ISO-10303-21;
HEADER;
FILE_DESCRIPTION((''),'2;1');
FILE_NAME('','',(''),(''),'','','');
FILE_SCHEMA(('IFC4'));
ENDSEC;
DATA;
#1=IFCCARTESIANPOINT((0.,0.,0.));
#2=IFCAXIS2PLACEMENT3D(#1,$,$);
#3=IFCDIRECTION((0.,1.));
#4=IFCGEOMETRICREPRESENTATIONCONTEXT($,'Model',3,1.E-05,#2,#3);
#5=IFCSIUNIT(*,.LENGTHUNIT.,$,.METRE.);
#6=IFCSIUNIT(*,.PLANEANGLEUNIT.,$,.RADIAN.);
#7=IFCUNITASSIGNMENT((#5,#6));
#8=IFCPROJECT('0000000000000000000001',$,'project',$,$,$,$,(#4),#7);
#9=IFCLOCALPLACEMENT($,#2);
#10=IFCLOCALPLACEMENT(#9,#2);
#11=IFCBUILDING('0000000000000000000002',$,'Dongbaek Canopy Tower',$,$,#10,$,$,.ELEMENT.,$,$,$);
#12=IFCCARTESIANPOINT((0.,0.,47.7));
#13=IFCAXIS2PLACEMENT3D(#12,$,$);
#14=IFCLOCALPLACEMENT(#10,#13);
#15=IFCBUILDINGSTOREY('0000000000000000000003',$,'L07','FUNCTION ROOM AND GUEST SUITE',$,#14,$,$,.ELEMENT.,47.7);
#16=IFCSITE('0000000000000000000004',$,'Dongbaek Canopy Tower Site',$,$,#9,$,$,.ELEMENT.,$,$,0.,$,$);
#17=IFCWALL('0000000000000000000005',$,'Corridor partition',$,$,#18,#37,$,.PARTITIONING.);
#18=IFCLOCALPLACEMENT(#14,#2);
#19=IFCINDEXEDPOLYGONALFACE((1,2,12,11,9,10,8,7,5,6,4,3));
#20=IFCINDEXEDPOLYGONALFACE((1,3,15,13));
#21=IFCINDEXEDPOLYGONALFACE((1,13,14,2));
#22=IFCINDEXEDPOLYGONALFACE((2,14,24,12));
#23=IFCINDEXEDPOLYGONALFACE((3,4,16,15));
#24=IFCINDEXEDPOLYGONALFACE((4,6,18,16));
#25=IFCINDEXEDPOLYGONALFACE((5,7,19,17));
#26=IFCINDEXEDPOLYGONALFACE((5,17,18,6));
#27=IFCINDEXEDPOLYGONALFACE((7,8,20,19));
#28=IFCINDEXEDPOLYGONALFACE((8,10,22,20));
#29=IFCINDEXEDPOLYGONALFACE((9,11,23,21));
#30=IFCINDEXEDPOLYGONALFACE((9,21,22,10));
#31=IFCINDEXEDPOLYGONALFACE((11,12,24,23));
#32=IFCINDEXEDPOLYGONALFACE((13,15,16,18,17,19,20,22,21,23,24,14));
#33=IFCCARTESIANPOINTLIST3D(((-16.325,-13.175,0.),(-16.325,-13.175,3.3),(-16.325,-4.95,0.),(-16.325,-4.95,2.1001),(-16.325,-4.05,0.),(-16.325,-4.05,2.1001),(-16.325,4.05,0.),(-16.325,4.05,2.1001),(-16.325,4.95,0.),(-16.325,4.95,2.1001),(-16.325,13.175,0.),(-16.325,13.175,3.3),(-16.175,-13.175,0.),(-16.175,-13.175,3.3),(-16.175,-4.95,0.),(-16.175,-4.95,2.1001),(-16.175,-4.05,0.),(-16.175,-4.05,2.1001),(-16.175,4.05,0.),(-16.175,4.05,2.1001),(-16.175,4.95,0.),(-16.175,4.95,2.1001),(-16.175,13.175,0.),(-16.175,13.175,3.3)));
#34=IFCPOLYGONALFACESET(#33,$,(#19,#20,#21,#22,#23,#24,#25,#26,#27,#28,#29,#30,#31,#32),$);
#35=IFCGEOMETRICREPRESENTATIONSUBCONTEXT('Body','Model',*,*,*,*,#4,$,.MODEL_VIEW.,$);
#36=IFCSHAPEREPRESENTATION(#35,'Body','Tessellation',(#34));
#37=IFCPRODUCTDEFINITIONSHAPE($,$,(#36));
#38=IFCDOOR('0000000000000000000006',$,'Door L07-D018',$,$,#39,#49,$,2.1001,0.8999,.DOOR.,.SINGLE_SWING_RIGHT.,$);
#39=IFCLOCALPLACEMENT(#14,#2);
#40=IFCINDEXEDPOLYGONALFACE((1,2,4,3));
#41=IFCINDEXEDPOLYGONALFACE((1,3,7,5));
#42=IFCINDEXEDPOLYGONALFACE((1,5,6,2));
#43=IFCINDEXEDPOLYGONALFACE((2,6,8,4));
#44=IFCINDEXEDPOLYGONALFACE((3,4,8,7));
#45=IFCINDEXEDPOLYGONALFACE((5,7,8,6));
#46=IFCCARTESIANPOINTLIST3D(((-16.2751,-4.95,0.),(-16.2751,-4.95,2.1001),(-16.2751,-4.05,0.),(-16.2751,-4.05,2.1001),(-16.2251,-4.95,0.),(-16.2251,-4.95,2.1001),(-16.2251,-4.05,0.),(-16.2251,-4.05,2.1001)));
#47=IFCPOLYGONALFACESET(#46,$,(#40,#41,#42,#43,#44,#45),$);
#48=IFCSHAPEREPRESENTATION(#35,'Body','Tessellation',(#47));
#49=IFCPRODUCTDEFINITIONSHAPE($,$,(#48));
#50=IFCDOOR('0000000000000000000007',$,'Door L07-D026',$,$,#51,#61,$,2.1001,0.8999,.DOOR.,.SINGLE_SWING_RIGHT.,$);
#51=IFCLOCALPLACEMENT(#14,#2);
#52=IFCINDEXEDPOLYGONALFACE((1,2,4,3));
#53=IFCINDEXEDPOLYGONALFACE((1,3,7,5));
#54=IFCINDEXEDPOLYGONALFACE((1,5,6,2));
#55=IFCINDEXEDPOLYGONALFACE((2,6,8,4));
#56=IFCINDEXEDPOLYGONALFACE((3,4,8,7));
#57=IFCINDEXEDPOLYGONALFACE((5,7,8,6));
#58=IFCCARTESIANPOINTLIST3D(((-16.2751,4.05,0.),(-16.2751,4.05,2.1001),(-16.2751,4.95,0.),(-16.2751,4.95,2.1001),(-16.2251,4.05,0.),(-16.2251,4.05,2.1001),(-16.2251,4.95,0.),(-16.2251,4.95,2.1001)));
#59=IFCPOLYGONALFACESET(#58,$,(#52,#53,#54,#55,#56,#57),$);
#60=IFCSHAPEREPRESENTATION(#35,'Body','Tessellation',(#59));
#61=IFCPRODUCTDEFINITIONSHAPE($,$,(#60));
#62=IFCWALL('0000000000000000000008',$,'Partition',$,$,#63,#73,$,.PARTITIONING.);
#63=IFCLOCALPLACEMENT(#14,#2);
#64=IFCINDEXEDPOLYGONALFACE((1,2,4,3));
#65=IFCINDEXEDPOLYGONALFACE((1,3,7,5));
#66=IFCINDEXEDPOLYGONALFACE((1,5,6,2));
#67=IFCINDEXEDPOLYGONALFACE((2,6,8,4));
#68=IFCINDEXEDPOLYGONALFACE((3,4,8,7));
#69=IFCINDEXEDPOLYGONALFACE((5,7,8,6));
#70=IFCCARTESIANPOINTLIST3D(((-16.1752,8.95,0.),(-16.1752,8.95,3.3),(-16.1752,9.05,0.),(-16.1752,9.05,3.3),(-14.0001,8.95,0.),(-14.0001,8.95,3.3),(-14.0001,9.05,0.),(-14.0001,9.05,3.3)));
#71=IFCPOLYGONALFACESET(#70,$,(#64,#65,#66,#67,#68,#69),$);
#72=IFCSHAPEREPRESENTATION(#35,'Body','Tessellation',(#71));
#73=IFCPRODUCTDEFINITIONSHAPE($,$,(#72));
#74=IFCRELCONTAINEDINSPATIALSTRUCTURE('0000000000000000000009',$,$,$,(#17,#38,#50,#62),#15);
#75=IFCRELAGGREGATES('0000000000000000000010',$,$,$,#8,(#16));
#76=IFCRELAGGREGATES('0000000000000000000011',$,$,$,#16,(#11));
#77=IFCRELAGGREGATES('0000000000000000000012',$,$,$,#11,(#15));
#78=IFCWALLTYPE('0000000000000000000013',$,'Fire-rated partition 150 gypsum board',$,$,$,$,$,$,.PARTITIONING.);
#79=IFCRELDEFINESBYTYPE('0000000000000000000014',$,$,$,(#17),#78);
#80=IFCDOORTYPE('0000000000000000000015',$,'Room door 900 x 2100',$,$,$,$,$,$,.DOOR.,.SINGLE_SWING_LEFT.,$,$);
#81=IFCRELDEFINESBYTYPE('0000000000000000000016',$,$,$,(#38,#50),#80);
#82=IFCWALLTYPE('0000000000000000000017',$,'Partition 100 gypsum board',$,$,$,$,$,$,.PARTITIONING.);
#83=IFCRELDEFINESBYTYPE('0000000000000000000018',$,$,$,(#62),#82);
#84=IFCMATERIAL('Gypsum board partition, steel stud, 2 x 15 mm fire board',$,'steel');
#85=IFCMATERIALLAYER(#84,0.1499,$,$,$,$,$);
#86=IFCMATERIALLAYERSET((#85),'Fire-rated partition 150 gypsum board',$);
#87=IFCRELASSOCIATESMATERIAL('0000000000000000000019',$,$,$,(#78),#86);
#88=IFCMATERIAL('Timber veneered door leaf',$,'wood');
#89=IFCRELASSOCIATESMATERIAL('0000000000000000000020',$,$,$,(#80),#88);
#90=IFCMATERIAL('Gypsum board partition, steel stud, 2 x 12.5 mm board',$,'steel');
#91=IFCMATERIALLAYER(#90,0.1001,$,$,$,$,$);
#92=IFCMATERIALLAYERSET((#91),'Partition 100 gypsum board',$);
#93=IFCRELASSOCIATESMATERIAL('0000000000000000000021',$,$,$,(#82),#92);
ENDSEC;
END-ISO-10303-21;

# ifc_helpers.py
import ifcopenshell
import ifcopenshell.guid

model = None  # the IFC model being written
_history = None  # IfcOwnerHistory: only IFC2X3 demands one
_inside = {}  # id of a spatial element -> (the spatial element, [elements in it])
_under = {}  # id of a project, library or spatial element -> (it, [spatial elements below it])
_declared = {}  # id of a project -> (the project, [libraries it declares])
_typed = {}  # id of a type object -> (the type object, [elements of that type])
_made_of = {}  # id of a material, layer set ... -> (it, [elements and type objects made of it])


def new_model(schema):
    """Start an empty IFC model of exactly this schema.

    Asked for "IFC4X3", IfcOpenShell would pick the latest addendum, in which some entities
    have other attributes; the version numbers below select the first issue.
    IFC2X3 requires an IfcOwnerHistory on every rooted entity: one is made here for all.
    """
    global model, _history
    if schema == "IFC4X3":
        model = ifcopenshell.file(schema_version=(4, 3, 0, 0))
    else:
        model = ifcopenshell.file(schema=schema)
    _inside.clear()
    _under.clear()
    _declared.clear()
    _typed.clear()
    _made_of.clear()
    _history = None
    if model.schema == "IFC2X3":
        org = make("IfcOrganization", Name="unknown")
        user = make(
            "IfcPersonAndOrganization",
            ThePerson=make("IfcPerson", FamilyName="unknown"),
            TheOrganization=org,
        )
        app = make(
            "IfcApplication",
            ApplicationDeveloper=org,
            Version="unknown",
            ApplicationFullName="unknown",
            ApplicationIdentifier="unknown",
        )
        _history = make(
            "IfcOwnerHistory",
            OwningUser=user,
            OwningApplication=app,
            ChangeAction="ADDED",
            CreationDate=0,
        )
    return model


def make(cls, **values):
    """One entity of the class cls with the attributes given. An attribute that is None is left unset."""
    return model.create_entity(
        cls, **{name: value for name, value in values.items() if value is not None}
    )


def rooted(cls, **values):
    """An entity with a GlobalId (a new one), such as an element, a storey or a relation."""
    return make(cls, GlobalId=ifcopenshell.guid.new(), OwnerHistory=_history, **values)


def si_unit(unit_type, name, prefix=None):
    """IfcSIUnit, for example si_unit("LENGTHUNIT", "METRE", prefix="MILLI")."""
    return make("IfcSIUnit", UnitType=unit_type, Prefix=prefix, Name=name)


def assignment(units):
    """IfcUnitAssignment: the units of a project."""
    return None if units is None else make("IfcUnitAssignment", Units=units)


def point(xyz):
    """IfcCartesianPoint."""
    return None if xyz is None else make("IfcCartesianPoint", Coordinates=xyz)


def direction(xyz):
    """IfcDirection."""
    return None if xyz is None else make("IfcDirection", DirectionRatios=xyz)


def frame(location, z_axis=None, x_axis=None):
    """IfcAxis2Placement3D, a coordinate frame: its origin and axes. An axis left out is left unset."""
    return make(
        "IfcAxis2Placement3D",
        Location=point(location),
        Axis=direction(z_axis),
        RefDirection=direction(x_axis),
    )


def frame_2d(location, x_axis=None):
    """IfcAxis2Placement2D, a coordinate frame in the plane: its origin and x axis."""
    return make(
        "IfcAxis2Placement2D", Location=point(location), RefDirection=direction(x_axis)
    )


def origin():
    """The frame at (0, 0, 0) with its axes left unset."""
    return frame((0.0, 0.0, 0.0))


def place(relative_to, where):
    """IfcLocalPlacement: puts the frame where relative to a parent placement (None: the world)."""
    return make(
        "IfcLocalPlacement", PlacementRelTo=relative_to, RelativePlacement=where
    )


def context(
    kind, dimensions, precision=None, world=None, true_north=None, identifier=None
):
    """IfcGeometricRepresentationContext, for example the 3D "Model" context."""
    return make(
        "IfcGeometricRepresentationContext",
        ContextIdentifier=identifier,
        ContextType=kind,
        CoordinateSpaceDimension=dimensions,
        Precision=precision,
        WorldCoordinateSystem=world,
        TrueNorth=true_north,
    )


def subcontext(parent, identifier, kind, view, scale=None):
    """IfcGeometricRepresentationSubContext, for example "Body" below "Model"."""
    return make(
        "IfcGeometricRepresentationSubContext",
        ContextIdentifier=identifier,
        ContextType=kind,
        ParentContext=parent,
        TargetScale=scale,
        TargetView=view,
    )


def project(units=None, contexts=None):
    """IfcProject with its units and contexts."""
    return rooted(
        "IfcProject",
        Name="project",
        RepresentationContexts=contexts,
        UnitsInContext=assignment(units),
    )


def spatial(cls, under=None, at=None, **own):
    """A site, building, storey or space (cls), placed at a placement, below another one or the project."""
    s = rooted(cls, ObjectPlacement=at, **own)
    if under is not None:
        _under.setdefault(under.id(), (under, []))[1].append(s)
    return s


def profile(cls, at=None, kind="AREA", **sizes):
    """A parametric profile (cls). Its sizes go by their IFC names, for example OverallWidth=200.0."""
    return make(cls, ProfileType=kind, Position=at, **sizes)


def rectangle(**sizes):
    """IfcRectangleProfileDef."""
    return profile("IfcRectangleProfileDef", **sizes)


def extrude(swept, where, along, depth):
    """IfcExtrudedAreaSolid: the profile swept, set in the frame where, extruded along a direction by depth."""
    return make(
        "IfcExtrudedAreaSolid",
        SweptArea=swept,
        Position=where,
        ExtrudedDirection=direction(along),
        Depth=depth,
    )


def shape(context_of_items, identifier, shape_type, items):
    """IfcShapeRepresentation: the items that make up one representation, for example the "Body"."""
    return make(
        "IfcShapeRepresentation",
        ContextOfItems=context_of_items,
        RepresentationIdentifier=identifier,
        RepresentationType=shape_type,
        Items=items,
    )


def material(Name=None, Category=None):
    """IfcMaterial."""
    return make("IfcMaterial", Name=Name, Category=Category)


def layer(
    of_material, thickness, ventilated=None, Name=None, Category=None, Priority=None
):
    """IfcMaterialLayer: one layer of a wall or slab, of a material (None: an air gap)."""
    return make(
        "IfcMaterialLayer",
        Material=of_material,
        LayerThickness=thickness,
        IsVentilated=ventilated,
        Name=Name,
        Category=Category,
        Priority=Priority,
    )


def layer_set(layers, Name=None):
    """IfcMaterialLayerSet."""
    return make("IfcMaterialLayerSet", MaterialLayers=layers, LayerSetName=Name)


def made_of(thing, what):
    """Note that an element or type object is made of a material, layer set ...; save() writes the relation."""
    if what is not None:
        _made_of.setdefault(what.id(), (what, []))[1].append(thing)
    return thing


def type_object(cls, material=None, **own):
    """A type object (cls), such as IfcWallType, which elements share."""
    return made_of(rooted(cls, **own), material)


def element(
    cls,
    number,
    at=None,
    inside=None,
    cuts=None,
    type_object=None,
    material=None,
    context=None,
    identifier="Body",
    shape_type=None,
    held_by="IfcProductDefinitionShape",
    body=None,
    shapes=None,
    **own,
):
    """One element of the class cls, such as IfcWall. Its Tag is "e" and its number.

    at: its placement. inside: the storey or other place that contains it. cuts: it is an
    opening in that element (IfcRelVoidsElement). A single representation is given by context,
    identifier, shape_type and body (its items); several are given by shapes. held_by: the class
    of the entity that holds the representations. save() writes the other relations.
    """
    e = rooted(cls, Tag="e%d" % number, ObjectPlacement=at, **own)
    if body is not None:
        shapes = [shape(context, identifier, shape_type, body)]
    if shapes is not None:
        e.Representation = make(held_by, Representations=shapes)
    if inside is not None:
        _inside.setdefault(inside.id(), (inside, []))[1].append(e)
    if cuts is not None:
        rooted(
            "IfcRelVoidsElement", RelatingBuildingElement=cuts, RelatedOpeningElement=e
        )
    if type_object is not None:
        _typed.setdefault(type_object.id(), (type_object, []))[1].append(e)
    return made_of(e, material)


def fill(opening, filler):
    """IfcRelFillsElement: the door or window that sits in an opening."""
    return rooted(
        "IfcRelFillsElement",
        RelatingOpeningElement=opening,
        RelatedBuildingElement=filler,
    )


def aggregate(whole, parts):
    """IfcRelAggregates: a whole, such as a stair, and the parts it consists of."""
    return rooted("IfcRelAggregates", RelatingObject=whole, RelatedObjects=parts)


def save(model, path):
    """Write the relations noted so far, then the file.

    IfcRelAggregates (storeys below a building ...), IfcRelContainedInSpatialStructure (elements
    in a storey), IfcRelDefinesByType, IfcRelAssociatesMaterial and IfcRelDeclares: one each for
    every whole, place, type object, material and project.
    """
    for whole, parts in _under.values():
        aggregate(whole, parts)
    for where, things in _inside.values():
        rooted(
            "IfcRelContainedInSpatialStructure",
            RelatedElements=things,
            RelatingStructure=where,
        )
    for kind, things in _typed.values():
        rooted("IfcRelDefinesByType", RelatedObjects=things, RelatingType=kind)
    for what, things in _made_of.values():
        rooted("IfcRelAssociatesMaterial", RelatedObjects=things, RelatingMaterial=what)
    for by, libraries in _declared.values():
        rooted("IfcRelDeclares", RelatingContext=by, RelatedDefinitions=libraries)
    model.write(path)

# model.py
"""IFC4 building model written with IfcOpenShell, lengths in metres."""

from ifc_helpers import new_model, si_unit, direction, frame, frame_2d, origin, place, context, subcontext, project, spatial, rectangle, extrude, material, layer, layer_set, type_object, element, fill, save


model = new_model("IFC4")

# Units and contexts
model_context = context("Model", 3, precision=1e-05, world=origin(), true_north=direction((0.0, 1.0)))
body_context = subcontext(model_context, "Body", "Model", "MODEL_VIEW")
ifc_project = project(units=[si_unit("LENGTHUNIT", "METRE"), si_unit("PLANEANGLEUNIT", "RADIAN")], contexts=[model_context])

# Site, building, storey
site_placement = place(None, origin())
site = spatial("IfcSite", under=ifc_project, at=site_placement, Name="Dongbaek Canopy Tower Site", CompositionType="ELEMENT", RefElevation=0.0)
building_placement = place(site_placement, origin())
building = spatial("IfcBuilding", under=site, at=building_placement, Name="Dongbaek Canopy Tower", CompositionType="ELEMENT")
storey_placement = place(building_placement, frame((0.0, 0.0, 47.7)))
storey = spatial("IfcBuildingStorey", under=building, at=storey_placement, Name="L07", Description="FUNCTION ROOM AND GUEST SUITE", CompositionType="ELEMENT", Elevation=47.7)

# Wall, openings, doors
ifc_material_1 = material(Name="Gypsum board partition, steel stud, 2 x 15 mm fire board", Category="steel")
ifc_layer_1 = layer(ifc_material_1, 0.1499)
ifc_layer_set_1 = layer_set([ifc_layer_1], Name="Fire-rated partition 150 gypsum board")
wall_type_1 = type_object("IfcWallType", Name="Fire-rated partition 150 gypsum board", PredefinedType="PARTITIONING", material=ifc_layer_set_1)
ifc_material_2 = material(Name="Timber veneered door leaf", Category="wood")
door_type_1 = type_object("IfcDoorType", Name="Room door 900 x 2100", OperationType="SINGLE_SWING_LEFT", PredefinedType="DOOR", material=ifc_material_2)
wall_1_placement = place(storey_placement, frame((-16.25, 13.175, 0.0), z_axis=(0.0, 0.0, 1.0), x_axis=(0.0, -1.0, 0.0)))
wall_1 = element("IfcWall", 1, at=wall_1_placement, inside=storey, type_object=wall_type_1, Name="Corridor partition", PredefinedType="PARTITIONING", context=body_context, shape_type="SweptSolid", body=[
    extrude(rectangle(XDim=26.3501, YDim=0.1499, at=frame_2d((13.175, 0.0))), origin(), (0.0, 0.0, 1.0), 3.3),
])
opening_1_placement = place(wall_1_placement, frame((17.2251, 0.0, 0.0)))
opening_1 = element("IfcOpeningElement", 2, at=opening_1_placement, cuts=wall_1, PredefinedType="OPENING", context=body_context, shape_type="SweptSolid", body=[
    extrude(rectangle(XDim=0.8999, YDim=2.1001, at=frame_2d((0.45, 1.05))), frame((0.0, 0.085, 0.0), z_axis=(0.0, -1.0, 0.0), x_axis=(1.0, 0.0, 0.0)), (0.0, 0.0, 1.0), 0.1699),
])
opening_2_placement = place(wall_1_placement, frame((8.2251, 0.0, 0.0)))
opening_2 = element("IfcOpeningElement", 3, at=opening_2_placement, cuts=wall_1, PredefinedType="OPENING", context=body_context, shape_type="SweptSolid", body=[
    extrude(rectangle(XDim=0.8999, YDim=2.1001, at=frame_2d((0.45, 1.05))), frame((0.0, 0.085, 0.0), z_axis=(0.0, -1.0, 0.0), x_axis=(1.0, 0.0, 0.0)), (0.0, 0.0, 1.0), 0.1699),
])
door_1_placement = place(opening_1_placement, origin())
door_1 = element("IfcDoor", 4, at=door_1_placement, inside=storey, type_object=door_type_1, Name="Door L07-D018", OperationType="SINGLE_SWING_RIGHT", OverallHeight=2.1001, OverallWidth=0.8999, PredefinedType="DOOR", context=body_context, shape_type="SweptSolid", body=[
    extrude(rectangle(XDim=0.8999, YDim=2.1001, at=frame_2d((0.45, 1.05))), frame((0.0, 0.0249, 0.0), z_axis=(0.0, -1.0, 0.0), x_axis=(1.0, 0.0, 0.0)), (0.0, 0.0, 1.0), 0.05),
])
fill(opening_1, door_1)
door_2_placement = place(opening_2_placement, origin())
door_2 = element("IfcDoor", 5, at=door_2_placement, inside=storey, type_object=door_type_1, Name="Door L07-D026", OperationType="SINGLE_SWING_RIGHT", OverallHeight=2.1001, OverallWidth=0.8999, PredefinedType="DOOR", context=body_context, shape_type="SweptSolid", body=[
    extrude(rectangle(XDim=0.8999, YDim=2.1001, at=frame_2d((0.45, 1.05))), frame((0.0, 0.0249, 0.0), z_axis=(0.0, -1.0, 0.0), x_axis=(1.0, 0.0, 0.0)), (0.0, 0.0, 1.0), 0.05),
])
fill(opening_2, door_2)

# Wall
ifc_material_3 = material(Name="Gypsum board partition, steel stud, 2 x 12.5 mm board", Category="steel")
ifc_layer_2 = layer(ifc_material_3, 0.1001)
ifc_layer_set_2 = layer_set([ifc_layer_2], Name="Partition 100 gypsum board")
wall_type_2 = type_object("IfcWallType", Name="Partition 100 gypsum board", PredefinedType="PARTITIONING", material=ifc_layer_set_2)
wall_2_placement = place(storey_placement, frame((-16.175, 9.0, 0.0), z_axis=(0.0, 0.0, 1.0), x_axis=(1.0, 0.0, 0.0)))
element("IfcWall", 6, at=wall_2_placement, inside=storey, type_object=wall_type_2, Name="Partition", PredefinedType="PARTITIONING", context=body_context, shape_type="SweptSolid", body=[
    extrude(rectangle(XDim=2.175, YDim=0.1001, at=frame_2d((1.0874, 0.0))), origin(), (0.0, 0.0, 1.0), 3.3),
])

save(model, "model.ifc")
